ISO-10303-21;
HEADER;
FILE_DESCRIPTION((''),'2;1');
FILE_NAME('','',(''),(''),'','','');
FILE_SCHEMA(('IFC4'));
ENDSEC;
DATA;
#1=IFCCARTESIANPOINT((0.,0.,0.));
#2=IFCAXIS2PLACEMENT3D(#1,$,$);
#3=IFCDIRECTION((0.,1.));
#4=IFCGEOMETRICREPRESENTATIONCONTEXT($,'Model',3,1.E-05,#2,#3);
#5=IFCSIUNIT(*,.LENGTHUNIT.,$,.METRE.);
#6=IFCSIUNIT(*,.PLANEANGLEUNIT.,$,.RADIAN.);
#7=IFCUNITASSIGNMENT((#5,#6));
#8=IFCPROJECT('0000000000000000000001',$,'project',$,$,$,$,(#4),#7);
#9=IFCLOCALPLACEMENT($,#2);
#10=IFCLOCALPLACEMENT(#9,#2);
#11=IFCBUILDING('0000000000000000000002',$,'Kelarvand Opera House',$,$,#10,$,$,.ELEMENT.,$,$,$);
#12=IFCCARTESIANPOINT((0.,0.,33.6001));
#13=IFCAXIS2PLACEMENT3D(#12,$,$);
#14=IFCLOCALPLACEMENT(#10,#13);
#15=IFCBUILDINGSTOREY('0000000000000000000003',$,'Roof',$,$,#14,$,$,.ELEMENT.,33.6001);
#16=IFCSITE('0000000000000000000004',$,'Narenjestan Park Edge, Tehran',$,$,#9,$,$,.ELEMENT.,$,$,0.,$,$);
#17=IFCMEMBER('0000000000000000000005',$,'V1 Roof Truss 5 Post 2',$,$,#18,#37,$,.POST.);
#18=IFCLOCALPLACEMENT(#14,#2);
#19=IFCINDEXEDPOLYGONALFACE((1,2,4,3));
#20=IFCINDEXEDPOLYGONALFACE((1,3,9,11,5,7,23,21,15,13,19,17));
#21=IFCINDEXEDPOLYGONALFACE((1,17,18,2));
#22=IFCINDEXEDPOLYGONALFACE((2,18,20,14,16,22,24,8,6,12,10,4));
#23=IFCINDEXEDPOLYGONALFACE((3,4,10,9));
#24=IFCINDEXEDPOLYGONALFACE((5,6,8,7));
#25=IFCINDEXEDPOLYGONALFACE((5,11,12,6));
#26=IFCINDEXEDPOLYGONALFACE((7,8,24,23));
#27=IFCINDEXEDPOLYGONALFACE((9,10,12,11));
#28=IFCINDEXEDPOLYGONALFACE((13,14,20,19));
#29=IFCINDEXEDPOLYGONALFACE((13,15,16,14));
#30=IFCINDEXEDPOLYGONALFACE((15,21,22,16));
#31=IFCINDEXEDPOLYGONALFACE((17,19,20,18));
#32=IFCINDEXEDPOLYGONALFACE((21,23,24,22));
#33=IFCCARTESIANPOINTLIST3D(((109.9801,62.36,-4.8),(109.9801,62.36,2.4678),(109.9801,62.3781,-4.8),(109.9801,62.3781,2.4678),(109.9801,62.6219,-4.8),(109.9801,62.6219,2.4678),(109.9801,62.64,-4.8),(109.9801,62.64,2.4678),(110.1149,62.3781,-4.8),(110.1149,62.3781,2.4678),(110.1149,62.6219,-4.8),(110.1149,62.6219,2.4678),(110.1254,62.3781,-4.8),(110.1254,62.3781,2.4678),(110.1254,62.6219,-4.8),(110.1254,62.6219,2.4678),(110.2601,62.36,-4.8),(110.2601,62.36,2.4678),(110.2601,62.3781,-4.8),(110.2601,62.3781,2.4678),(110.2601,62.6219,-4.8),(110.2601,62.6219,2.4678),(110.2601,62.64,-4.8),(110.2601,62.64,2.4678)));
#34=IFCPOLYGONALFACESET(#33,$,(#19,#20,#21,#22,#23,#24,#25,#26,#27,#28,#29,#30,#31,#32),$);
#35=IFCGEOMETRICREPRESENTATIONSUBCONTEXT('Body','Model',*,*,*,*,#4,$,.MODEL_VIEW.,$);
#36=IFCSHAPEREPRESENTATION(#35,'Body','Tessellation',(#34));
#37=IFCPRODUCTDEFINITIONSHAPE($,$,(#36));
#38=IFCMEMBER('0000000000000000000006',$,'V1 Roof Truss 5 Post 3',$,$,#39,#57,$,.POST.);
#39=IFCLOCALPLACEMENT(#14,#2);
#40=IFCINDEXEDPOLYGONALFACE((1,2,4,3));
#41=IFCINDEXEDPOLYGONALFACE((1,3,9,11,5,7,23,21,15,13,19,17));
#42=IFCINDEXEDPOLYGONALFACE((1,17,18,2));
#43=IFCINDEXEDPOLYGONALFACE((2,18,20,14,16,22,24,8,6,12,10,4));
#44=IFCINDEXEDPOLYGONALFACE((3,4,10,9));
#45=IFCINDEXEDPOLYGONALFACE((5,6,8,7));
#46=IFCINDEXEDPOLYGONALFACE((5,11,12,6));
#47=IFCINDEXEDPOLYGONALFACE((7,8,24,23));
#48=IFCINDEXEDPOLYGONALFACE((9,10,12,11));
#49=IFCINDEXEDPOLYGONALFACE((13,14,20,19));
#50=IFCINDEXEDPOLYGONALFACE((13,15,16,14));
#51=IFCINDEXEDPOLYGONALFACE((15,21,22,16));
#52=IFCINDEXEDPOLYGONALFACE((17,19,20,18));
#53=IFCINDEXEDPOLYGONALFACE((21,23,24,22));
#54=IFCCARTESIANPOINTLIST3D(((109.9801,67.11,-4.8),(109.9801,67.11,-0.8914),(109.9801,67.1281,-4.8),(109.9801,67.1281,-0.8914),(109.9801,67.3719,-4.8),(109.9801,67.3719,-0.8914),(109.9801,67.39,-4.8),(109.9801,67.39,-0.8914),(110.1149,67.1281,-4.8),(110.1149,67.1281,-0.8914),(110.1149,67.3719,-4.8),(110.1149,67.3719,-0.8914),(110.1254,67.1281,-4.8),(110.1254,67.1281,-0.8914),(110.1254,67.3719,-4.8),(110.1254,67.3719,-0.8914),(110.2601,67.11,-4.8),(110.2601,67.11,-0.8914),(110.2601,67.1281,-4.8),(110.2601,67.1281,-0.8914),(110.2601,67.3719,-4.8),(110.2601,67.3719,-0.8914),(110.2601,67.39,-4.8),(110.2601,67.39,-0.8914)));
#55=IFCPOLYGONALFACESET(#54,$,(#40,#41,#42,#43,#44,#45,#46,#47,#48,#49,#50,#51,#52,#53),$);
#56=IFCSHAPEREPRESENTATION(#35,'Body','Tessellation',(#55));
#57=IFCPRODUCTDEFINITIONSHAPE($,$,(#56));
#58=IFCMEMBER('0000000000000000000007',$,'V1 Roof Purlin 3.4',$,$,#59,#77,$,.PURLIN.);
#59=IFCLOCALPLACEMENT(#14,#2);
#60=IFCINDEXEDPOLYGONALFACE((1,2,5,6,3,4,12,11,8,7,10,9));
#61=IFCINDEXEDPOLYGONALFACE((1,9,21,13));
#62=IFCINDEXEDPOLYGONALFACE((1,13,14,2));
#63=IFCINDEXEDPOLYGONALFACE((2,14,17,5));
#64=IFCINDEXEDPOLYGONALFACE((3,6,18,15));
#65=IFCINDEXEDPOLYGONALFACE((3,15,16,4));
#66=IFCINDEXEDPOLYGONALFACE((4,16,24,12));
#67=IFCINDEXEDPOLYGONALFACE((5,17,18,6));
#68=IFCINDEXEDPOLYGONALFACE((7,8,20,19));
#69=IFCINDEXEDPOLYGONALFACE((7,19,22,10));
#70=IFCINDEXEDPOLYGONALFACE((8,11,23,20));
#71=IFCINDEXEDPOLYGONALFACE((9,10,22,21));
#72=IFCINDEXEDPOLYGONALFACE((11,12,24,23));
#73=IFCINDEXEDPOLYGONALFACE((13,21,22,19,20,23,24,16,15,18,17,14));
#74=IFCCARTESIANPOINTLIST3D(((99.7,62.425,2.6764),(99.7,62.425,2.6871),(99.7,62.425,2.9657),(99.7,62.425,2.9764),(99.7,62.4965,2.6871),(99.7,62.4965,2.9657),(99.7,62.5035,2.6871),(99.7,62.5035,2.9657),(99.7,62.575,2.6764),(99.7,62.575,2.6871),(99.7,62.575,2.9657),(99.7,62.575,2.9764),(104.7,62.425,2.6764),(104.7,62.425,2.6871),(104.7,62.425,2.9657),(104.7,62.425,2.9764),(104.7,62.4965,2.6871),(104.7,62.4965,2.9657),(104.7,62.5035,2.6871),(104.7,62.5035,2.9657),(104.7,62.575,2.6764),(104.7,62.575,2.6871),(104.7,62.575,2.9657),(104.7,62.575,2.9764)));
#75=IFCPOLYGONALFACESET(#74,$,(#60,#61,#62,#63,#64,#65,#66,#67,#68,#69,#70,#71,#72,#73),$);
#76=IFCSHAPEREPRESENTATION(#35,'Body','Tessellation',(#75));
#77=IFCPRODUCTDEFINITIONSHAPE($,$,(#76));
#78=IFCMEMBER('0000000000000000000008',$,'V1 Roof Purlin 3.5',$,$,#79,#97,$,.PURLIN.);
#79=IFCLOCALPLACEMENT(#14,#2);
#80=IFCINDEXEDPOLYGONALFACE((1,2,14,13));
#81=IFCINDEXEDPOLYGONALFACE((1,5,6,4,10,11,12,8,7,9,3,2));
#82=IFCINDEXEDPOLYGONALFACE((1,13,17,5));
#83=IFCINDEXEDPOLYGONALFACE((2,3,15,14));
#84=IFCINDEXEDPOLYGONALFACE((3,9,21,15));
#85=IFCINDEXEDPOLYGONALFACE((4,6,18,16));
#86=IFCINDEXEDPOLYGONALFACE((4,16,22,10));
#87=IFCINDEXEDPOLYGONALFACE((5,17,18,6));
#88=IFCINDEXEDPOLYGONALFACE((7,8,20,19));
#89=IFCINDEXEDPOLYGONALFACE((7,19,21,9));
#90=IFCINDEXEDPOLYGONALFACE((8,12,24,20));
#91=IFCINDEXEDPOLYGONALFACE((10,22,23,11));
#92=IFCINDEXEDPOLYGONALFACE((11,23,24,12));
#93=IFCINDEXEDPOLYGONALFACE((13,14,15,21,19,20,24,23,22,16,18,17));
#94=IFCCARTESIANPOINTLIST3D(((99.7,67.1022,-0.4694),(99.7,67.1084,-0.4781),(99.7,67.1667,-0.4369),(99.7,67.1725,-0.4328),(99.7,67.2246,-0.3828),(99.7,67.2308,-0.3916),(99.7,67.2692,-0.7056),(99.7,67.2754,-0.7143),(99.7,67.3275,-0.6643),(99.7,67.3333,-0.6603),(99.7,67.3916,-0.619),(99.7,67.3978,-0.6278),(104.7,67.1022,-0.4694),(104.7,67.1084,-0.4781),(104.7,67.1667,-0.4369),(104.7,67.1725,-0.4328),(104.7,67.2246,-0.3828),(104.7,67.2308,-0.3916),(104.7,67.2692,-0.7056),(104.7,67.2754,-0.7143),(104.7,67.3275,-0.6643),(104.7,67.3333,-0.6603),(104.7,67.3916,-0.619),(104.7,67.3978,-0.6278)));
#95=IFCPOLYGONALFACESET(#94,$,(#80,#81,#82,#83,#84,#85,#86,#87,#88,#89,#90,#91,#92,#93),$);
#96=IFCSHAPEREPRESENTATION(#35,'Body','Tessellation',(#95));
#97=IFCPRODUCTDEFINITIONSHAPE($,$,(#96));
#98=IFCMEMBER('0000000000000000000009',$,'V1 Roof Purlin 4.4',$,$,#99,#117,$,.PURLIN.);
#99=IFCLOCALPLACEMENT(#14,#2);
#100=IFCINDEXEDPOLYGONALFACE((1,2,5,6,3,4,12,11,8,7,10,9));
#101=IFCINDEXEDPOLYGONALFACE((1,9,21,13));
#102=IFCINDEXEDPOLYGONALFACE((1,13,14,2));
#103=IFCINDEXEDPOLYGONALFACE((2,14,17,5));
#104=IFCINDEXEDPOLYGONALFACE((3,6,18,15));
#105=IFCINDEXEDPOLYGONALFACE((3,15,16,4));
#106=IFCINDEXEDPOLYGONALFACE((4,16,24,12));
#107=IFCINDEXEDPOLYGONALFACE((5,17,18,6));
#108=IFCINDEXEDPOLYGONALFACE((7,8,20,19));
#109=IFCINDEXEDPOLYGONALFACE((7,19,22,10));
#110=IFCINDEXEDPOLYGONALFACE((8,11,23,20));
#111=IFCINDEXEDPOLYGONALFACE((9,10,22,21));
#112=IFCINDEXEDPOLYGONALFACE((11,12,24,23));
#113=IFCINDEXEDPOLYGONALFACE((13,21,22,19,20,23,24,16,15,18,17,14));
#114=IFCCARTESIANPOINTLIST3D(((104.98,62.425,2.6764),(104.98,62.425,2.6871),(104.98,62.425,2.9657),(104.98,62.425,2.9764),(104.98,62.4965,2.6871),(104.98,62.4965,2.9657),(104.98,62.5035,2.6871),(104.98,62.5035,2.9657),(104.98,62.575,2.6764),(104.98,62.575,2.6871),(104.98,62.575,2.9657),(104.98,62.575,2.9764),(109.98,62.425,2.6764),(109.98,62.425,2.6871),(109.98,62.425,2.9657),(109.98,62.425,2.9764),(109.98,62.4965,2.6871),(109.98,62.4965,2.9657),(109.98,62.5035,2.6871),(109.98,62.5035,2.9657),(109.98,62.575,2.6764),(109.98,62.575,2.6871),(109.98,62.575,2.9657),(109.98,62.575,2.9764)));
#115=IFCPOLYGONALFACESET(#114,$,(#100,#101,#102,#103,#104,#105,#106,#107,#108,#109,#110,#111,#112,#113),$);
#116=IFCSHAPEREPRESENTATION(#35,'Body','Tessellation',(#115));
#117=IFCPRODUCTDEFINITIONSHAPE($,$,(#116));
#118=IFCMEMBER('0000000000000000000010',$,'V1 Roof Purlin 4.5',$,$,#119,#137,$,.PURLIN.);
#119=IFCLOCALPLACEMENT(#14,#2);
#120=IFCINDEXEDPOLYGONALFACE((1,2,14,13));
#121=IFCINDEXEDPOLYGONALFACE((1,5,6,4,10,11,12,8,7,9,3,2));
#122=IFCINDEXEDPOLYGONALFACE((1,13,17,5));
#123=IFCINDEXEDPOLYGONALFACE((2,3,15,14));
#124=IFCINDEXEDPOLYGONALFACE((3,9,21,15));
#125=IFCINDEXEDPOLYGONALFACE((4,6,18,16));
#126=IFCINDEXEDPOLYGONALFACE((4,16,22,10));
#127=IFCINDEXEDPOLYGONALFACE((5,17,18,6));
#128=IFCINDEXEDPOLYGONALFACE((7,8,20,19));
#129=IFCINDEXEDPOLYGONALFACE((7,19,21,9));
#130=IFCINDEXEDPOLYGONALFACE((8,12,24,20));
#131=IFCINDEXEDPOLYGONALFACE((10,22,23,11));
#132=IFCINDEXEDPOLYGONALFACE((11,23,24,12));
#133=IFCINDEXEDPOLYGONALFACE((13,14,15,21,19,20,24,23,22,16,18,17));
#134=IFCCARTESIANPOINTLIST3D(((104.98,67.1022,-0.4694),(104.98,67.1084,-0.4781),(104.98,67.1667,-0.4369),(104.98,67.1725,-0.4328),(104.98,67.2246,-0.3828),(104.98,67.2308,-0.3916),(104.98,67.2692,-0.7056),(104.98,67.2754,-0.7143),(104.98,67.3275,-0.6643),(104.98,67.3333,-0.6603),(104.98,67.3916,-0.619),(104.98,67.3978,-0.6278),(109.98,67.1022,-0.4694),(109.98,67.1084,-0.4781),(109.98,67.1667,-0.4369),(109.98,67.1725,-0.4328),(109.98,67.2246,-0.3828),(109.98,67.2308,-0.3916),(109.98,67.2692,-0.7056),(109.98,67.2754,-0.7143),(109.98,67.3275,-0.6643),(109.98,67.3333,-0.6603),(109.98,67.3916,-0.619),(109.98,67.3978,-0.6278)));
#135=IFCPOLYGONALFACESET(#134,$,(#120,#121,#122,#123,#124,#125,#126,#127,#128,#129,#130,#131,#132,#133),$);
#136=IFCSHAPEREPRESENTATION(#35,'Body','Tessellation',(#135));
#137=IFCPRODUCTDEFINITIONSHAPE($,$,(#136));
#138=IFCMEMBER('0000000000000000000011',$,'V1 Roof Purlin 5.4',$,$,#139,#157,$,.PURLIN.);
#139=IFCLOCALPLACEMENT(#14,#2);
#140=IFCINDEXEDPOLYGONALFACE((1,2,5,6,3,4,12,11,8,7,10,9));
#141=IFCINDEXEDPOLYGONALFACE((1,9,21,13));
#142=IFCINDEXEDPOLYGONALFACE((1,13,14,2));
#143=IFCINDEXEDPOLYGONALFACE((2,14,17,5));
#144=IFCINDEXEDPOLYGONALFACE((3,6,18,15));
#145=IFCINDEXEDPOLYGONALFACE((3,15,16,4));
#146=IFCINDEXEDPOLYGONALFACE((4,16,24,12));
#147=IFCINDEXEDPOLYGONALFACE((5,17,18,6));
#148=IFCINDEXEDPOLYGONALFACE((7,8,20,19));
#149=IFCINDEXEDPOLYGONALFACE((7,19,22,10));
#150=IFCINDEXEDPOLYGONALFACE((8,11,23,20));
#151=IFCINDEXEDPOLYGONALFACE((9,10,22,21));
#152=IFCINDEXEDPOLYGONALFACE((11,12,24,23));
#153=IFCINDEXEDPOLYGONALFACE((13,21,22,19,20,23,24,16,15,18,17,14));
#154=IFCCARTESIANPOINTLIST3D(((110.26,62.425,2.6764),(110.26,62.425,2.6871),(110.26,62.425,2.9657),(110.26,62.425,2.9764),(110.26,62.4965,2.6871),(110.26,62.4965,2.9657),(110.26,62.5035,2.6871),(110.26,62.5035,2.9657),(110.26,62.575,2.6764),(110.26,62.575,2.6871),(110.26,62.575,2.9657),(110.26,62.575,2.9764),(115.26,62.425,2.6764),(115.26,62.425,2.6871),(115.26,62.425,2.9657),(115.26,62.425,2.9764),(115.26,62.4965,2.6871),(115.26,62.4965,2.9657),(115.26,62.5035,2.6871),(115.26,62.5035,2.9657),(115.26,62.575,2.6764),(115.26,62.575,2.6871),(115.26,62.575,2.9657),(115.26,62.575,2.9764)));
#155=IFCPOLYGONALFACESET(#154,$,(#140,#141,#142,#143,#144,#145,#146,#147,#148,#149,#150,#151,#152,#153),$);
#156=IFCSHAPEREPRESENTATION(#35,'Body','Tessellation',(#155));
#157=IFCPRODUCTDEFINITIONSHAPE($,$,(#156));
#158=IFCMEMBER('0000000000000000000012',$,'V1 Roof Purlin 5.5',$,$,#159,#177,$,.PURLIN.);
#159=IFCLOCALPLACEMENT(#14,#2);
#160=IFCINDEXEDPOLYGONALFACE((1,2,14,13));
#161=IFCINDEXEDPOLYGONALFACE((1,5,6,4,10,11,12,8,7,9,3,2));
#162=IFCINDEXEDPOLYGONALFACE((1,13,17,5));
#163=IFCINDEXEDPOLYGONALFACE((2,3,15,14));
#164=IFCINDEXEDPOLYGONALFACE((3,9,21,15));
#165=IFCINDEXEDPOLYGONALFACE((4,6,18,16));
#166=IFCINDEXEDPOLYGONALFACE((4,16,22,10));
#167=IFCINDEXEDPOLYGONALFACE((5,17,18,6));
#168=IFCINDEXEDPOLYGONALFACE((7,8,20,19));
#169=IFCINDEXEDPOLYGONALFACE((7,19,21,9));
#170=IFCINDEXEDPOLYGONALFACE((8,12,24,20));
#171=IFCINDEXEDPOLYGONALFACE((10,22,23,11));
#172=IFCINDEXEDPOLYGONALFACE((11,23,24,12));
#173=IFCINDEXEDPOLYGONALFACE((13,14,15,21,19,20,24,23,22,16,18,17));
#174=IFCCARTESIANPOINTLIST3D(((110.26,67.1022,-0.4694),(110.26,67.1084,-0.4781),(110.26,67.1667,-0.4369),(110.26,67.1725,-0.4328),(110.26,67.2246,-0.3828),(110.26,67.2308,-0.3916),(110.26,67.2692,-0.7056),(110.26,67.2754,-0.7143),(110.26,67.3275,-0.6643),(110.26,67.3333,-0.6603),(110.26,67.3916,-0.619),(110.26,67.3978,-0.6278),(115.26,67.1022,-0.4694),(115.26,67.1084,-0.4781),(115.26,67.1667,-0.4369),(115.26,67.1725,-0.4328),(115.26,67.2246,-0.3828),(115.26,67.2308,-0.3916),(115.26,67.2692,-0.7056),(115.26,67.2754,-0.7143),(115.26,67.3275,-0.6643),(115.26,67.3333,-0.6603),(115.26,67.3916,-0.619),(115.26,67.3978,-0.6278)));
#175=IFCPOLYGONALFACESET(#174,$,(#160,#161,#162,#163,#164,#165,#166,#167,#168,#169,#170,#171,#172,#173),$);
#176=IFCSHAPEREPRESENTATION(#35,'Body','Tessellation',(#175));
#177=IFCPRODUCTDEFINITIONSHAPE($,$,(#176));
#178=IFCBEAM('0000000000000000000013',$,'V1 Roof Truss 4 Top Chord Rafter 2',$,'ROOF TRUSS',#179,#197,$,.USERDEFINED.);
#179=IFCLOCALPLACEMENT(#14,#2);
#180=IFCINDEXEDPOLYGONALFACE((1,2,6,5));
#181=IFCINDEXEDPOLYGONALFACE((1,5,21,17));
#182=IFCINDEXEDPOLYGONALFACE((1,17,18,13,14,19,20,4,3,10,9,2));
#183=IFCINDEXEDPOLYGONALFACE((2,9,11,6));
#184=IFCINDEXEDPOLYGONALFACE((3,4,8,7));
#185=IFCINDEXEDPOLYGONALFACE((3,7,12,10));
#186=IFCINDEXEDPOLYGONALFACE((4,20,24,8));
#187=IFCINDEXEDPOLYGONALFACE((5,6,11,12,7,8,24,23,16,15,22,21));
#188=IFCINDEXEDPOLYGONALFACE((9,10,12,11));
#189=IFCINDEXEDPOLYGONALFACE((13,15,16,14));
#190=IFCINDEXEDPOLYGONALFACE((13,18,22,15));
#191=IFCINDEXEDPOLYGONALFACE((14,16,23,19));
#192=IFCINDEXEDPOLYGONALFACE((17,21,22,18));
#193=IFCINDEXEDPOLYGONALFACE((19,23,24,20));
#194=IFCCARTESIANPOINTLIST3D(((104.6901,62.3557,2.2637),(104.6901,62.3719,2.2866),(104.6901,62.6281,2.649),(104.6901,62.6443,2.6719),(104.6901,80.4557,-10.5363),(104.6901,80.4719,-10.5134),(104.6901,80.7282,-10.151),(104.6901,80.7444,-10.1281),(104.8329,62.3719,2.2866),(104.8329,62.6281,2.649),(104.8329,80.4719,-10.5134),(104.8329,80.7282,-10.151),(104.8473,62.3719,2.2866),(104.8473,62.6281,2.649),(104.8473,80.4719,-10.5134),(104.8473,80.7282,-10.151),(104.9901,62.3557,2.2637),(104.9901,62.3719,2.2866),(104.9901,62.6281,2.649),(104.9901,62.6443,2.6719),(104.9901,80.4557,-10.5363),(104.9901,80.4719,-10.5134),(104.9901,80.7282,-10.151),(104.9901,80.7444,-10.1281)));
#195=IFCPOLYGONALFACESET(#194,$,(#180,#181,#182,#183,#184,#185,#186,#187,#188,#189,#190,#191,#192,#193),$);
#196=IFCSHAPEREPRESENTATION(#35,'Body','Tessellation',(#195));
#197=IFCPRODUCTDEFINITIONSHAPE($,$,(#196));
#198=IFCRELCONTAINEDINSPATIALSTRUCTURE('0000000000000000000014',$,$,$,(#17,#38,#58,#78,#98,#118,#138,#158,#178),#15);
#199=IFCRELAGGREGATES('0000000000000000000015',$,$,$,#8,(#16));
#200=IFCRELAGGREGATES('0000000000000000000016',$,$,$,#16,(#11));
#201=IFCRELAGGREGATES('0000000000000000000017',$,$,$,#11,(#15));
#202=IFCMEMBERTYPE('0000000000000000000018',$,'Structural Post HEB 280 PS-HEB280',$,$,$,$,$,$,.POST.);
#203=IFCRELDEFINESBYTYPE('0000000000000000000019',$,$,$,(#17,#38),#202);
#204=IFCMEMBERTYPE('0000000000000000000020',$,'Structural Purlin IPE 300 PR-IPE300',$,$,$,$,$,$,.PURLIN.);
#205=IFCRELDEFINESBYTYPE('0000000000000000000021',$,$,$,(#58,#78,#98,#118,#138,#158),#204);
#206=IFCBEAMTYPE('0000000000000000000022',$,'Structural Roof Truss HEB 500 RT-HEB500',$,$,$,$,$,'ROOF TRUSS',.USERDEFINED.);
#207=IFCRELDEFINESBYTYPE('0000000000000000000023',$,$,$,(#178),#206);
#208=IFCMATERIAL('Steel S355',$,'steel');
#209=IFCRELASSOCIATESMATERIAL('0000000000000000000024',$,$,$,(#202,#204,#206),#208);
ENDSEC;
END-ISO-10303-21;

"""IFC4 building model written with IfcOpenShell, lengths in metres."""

from ifc_helpers import new_model, si_unit, direction, frame, origin, origin_2d, place, context, subcontext, project, spatial, i_section, extrude, material, material_profile, profile_set, type_object, element, save


model = new_model("IFC4")

# Units and contexts
model_context = context("Model", 3, precision=1e-05, world=origin(), true_north=direction((0.0, 1.0)))
body_context = subcontext(model_context, "Body", "Model", "MODEL_VIEW")
ifc_project = project(units=[si_unit("LENGTHUNIT", "METRE"), si_unit("PLANEANGLEUNIT", "RADIAN")], contexts=[model_context])

# Site, building, storey
site_placement = place(None, origin())
site = spatial("IfcSite", under=ifc_project, at=site_placement, Name="Narenjestan Park Edge, Tehran", CompositionType="ELEMENT", RefElevation=0.0)
building_placement = place(site_placement, origin())
building = spatial("IfcBuilding", under=site, at=building_placement, Name="Kelarvand Opera House", CompositionType="ELEMENT")
storey_placement = place(building_placement, frame((0.0, 0.0, 33.6001)))
storey = spatial("IfcBuildingStorey", under=building, at=storey_placement, Name="Roof", CompositionType="ELEMENT", Elevation=33.6001)

# Members
ifc_material = material(Name="Steel S355", Category="steel")
ifc_material_profile_1 = material_profile(ifc_material, i_section(OverallWidth=0.28, OverallDepth=0.28, WebThickness=0.0105, FlangeThickness=0.0181, at=origin_2d()), Name="HEB 280", Category="steel")
ifc_profile_set_1 = profile_set([ifc_material_profile_1], Name="Steel S355")
member_type_1 = type_object("IfcMemberType", Name="Structural Post HEB 280 PS-HEB280", PredefinedType="POST", material=ifc_profile_set_1)
member_1_placement = place(storey_placement, frame((110.1201, 62.5, -4.8), z_axis=(0.0, 0.0, 1.0), x_axis=(1.0, 0.0, 0.0)))
element("IfcMember", 1, at=member_1_placement, inside=storey, type_object=member_type_1, Name="V1 Roof Truss 5 Post 2", PredefinedType="POST", context=body_context, shape_type="SweptSolid", body=[
    extrude(i_section(OverallWidth=0.28, OverallDepth=0.28, WebThickness=0.0105, FlangeThickness=0.0181, at=origin_2d()), origin(), (0.0, 0.0, 1.0), 7.2678),
])
member_2_placement = place(storey_placement, frame((110.1201, 67.25, -4.8), z_axis=(0.0, 0.0, 1.0), x_axis=(1.0, 0.0, 0.0)))
element("IfcMember", 2, at=member_2_placement, inside=storey, type_object=member_type_1, Name="V1 Roof Truss 5 Post 3", PredefinedType="POST", context=body_context, shape_type="SweptSolid", body=[
    extrude(i_section(OverallWidth=0.28, OverallDepth=0.28, WebThickness=0.0105, FlangeThickness=0.0181, at=origin_2d()), origin(), (0.0, 0.0, 1.0), 3.9087),
])
ifc_material_profile_2 = material_profile(ifc_material, i_section(OverallWidth=0.1499, OverallDepth=0.3, WebThickness=0.0071, FlangeThickness=0.0107, at=origin_2d()), Name="IPE 300", Category="steel")
ifc_profile_set_2 = profile_set([ifc_material_profile_2], Name="Steel S355")
member_type_2 = type_object("IfcMemberType", Name="Structural Purlin IPE 300 PR-IPE300", PredefinedType="PURLIN", material=ifc_profile_set_2)
for number, where, z_axis, x_axis, name in (
    (3, (99.7, 62.5, 2.8264), (1.0, 0.0, 0.0), (0.0, 1.0, 0.0), "V1 Roof Purlin 3.4"),
    (4, (99.7, 67.25, -0.5486), (1.0, 0.0, 0.0), (0.0, 0.81644, 0.57743), "V1 Roof Purlin 3.5"),
    (5, (104.98, 62.5, 2.8264), (1.0, 0.0, 0.0), (0.0, 1.0, 0.0), "V1 Roof Purlin 4.4"),
    (6, (104.98, 67.25, -0.5486), (1.0, 0.0, 0.0), (0.0, 0.81644, 0.57743), "V1 Roof Purlin 4.5"),
    (7, (110.26, 62.5, 2.8264), (1.0, 0.0, 0.0), (0.0, 1.0, 0.0), "V1 Roof Purlin 5.4"),
    (8, (110.26, 67.25, -0.5486), (1.0, 0.0, 0.0), (0.0, 0.81644, 0.57743), "V1 Roof Purlin 5.5"),
):
    element("IfcMember", number, at=place(storey_placement, frame(where, z_axis=z_axis, x_axis=x_axis)), inside=storey, type_object=member_type_2, Name=name, PredefinedType="PURLIN", context=body_context, shape_type="SweptSolid", body=[
        extrude(i_section(OverallWidth=0.1499, OverallDepth=0.3, WebThickness=0.0071, FlangeThickness=0.0107, at=origin_2d()), origin(), (0.0, 0.0, 1.0), 5.0),
    ])

# Beam
ifc_material_profile_3 = material_profile(ifc_material, i_section(OverallWidth=0.3, OverallDepth=0.5, WebThickness=0.0144, FlangeThickness=0.0281, at=origin_2d()), Name="HEB 500", Category="steel")
ifc_profile_set_3 = profile_set([ifc_material_profile_3], Name="Steel S355")
beam_type = type_object("IfcBeamType", Name="Structural Roof Truss HEB 500 RT-HEB500", ElementType="ROOF TRUSS", PredefinedType="USERDEFINED", material=ifc_profile_set_3)
for number, where, z_axis, x_axis, name in (
    (9, (104.8401, 62.5, 2.4678), (0.0, 0.816468, -0.577391), (-1.0, 0.0, 0.0), "V1 Roof Truss 4 Top Chord Rafter 2"),
):
    element("IfcBeam", number, at=place(storey_placement, frame(where, z_axis=z_axis, x_axis=x_axis)), inside=storey, type_object=beam_type, Name=name, ObjectType="ROOF TRUSS", PredefinedType="USERDEFINED", context=body_context, shape_type="SweptSolid", body=[
        extrude(i_section(OverallWidth=0.3, OverallDepth=0.5, WebThickness=0.0144, FlangeThickness=0.0281, at=origin_2d()), origin(), (0.0, 0.0, 1.0), 22.1687),
    ])

save(model, "model.ifc")
